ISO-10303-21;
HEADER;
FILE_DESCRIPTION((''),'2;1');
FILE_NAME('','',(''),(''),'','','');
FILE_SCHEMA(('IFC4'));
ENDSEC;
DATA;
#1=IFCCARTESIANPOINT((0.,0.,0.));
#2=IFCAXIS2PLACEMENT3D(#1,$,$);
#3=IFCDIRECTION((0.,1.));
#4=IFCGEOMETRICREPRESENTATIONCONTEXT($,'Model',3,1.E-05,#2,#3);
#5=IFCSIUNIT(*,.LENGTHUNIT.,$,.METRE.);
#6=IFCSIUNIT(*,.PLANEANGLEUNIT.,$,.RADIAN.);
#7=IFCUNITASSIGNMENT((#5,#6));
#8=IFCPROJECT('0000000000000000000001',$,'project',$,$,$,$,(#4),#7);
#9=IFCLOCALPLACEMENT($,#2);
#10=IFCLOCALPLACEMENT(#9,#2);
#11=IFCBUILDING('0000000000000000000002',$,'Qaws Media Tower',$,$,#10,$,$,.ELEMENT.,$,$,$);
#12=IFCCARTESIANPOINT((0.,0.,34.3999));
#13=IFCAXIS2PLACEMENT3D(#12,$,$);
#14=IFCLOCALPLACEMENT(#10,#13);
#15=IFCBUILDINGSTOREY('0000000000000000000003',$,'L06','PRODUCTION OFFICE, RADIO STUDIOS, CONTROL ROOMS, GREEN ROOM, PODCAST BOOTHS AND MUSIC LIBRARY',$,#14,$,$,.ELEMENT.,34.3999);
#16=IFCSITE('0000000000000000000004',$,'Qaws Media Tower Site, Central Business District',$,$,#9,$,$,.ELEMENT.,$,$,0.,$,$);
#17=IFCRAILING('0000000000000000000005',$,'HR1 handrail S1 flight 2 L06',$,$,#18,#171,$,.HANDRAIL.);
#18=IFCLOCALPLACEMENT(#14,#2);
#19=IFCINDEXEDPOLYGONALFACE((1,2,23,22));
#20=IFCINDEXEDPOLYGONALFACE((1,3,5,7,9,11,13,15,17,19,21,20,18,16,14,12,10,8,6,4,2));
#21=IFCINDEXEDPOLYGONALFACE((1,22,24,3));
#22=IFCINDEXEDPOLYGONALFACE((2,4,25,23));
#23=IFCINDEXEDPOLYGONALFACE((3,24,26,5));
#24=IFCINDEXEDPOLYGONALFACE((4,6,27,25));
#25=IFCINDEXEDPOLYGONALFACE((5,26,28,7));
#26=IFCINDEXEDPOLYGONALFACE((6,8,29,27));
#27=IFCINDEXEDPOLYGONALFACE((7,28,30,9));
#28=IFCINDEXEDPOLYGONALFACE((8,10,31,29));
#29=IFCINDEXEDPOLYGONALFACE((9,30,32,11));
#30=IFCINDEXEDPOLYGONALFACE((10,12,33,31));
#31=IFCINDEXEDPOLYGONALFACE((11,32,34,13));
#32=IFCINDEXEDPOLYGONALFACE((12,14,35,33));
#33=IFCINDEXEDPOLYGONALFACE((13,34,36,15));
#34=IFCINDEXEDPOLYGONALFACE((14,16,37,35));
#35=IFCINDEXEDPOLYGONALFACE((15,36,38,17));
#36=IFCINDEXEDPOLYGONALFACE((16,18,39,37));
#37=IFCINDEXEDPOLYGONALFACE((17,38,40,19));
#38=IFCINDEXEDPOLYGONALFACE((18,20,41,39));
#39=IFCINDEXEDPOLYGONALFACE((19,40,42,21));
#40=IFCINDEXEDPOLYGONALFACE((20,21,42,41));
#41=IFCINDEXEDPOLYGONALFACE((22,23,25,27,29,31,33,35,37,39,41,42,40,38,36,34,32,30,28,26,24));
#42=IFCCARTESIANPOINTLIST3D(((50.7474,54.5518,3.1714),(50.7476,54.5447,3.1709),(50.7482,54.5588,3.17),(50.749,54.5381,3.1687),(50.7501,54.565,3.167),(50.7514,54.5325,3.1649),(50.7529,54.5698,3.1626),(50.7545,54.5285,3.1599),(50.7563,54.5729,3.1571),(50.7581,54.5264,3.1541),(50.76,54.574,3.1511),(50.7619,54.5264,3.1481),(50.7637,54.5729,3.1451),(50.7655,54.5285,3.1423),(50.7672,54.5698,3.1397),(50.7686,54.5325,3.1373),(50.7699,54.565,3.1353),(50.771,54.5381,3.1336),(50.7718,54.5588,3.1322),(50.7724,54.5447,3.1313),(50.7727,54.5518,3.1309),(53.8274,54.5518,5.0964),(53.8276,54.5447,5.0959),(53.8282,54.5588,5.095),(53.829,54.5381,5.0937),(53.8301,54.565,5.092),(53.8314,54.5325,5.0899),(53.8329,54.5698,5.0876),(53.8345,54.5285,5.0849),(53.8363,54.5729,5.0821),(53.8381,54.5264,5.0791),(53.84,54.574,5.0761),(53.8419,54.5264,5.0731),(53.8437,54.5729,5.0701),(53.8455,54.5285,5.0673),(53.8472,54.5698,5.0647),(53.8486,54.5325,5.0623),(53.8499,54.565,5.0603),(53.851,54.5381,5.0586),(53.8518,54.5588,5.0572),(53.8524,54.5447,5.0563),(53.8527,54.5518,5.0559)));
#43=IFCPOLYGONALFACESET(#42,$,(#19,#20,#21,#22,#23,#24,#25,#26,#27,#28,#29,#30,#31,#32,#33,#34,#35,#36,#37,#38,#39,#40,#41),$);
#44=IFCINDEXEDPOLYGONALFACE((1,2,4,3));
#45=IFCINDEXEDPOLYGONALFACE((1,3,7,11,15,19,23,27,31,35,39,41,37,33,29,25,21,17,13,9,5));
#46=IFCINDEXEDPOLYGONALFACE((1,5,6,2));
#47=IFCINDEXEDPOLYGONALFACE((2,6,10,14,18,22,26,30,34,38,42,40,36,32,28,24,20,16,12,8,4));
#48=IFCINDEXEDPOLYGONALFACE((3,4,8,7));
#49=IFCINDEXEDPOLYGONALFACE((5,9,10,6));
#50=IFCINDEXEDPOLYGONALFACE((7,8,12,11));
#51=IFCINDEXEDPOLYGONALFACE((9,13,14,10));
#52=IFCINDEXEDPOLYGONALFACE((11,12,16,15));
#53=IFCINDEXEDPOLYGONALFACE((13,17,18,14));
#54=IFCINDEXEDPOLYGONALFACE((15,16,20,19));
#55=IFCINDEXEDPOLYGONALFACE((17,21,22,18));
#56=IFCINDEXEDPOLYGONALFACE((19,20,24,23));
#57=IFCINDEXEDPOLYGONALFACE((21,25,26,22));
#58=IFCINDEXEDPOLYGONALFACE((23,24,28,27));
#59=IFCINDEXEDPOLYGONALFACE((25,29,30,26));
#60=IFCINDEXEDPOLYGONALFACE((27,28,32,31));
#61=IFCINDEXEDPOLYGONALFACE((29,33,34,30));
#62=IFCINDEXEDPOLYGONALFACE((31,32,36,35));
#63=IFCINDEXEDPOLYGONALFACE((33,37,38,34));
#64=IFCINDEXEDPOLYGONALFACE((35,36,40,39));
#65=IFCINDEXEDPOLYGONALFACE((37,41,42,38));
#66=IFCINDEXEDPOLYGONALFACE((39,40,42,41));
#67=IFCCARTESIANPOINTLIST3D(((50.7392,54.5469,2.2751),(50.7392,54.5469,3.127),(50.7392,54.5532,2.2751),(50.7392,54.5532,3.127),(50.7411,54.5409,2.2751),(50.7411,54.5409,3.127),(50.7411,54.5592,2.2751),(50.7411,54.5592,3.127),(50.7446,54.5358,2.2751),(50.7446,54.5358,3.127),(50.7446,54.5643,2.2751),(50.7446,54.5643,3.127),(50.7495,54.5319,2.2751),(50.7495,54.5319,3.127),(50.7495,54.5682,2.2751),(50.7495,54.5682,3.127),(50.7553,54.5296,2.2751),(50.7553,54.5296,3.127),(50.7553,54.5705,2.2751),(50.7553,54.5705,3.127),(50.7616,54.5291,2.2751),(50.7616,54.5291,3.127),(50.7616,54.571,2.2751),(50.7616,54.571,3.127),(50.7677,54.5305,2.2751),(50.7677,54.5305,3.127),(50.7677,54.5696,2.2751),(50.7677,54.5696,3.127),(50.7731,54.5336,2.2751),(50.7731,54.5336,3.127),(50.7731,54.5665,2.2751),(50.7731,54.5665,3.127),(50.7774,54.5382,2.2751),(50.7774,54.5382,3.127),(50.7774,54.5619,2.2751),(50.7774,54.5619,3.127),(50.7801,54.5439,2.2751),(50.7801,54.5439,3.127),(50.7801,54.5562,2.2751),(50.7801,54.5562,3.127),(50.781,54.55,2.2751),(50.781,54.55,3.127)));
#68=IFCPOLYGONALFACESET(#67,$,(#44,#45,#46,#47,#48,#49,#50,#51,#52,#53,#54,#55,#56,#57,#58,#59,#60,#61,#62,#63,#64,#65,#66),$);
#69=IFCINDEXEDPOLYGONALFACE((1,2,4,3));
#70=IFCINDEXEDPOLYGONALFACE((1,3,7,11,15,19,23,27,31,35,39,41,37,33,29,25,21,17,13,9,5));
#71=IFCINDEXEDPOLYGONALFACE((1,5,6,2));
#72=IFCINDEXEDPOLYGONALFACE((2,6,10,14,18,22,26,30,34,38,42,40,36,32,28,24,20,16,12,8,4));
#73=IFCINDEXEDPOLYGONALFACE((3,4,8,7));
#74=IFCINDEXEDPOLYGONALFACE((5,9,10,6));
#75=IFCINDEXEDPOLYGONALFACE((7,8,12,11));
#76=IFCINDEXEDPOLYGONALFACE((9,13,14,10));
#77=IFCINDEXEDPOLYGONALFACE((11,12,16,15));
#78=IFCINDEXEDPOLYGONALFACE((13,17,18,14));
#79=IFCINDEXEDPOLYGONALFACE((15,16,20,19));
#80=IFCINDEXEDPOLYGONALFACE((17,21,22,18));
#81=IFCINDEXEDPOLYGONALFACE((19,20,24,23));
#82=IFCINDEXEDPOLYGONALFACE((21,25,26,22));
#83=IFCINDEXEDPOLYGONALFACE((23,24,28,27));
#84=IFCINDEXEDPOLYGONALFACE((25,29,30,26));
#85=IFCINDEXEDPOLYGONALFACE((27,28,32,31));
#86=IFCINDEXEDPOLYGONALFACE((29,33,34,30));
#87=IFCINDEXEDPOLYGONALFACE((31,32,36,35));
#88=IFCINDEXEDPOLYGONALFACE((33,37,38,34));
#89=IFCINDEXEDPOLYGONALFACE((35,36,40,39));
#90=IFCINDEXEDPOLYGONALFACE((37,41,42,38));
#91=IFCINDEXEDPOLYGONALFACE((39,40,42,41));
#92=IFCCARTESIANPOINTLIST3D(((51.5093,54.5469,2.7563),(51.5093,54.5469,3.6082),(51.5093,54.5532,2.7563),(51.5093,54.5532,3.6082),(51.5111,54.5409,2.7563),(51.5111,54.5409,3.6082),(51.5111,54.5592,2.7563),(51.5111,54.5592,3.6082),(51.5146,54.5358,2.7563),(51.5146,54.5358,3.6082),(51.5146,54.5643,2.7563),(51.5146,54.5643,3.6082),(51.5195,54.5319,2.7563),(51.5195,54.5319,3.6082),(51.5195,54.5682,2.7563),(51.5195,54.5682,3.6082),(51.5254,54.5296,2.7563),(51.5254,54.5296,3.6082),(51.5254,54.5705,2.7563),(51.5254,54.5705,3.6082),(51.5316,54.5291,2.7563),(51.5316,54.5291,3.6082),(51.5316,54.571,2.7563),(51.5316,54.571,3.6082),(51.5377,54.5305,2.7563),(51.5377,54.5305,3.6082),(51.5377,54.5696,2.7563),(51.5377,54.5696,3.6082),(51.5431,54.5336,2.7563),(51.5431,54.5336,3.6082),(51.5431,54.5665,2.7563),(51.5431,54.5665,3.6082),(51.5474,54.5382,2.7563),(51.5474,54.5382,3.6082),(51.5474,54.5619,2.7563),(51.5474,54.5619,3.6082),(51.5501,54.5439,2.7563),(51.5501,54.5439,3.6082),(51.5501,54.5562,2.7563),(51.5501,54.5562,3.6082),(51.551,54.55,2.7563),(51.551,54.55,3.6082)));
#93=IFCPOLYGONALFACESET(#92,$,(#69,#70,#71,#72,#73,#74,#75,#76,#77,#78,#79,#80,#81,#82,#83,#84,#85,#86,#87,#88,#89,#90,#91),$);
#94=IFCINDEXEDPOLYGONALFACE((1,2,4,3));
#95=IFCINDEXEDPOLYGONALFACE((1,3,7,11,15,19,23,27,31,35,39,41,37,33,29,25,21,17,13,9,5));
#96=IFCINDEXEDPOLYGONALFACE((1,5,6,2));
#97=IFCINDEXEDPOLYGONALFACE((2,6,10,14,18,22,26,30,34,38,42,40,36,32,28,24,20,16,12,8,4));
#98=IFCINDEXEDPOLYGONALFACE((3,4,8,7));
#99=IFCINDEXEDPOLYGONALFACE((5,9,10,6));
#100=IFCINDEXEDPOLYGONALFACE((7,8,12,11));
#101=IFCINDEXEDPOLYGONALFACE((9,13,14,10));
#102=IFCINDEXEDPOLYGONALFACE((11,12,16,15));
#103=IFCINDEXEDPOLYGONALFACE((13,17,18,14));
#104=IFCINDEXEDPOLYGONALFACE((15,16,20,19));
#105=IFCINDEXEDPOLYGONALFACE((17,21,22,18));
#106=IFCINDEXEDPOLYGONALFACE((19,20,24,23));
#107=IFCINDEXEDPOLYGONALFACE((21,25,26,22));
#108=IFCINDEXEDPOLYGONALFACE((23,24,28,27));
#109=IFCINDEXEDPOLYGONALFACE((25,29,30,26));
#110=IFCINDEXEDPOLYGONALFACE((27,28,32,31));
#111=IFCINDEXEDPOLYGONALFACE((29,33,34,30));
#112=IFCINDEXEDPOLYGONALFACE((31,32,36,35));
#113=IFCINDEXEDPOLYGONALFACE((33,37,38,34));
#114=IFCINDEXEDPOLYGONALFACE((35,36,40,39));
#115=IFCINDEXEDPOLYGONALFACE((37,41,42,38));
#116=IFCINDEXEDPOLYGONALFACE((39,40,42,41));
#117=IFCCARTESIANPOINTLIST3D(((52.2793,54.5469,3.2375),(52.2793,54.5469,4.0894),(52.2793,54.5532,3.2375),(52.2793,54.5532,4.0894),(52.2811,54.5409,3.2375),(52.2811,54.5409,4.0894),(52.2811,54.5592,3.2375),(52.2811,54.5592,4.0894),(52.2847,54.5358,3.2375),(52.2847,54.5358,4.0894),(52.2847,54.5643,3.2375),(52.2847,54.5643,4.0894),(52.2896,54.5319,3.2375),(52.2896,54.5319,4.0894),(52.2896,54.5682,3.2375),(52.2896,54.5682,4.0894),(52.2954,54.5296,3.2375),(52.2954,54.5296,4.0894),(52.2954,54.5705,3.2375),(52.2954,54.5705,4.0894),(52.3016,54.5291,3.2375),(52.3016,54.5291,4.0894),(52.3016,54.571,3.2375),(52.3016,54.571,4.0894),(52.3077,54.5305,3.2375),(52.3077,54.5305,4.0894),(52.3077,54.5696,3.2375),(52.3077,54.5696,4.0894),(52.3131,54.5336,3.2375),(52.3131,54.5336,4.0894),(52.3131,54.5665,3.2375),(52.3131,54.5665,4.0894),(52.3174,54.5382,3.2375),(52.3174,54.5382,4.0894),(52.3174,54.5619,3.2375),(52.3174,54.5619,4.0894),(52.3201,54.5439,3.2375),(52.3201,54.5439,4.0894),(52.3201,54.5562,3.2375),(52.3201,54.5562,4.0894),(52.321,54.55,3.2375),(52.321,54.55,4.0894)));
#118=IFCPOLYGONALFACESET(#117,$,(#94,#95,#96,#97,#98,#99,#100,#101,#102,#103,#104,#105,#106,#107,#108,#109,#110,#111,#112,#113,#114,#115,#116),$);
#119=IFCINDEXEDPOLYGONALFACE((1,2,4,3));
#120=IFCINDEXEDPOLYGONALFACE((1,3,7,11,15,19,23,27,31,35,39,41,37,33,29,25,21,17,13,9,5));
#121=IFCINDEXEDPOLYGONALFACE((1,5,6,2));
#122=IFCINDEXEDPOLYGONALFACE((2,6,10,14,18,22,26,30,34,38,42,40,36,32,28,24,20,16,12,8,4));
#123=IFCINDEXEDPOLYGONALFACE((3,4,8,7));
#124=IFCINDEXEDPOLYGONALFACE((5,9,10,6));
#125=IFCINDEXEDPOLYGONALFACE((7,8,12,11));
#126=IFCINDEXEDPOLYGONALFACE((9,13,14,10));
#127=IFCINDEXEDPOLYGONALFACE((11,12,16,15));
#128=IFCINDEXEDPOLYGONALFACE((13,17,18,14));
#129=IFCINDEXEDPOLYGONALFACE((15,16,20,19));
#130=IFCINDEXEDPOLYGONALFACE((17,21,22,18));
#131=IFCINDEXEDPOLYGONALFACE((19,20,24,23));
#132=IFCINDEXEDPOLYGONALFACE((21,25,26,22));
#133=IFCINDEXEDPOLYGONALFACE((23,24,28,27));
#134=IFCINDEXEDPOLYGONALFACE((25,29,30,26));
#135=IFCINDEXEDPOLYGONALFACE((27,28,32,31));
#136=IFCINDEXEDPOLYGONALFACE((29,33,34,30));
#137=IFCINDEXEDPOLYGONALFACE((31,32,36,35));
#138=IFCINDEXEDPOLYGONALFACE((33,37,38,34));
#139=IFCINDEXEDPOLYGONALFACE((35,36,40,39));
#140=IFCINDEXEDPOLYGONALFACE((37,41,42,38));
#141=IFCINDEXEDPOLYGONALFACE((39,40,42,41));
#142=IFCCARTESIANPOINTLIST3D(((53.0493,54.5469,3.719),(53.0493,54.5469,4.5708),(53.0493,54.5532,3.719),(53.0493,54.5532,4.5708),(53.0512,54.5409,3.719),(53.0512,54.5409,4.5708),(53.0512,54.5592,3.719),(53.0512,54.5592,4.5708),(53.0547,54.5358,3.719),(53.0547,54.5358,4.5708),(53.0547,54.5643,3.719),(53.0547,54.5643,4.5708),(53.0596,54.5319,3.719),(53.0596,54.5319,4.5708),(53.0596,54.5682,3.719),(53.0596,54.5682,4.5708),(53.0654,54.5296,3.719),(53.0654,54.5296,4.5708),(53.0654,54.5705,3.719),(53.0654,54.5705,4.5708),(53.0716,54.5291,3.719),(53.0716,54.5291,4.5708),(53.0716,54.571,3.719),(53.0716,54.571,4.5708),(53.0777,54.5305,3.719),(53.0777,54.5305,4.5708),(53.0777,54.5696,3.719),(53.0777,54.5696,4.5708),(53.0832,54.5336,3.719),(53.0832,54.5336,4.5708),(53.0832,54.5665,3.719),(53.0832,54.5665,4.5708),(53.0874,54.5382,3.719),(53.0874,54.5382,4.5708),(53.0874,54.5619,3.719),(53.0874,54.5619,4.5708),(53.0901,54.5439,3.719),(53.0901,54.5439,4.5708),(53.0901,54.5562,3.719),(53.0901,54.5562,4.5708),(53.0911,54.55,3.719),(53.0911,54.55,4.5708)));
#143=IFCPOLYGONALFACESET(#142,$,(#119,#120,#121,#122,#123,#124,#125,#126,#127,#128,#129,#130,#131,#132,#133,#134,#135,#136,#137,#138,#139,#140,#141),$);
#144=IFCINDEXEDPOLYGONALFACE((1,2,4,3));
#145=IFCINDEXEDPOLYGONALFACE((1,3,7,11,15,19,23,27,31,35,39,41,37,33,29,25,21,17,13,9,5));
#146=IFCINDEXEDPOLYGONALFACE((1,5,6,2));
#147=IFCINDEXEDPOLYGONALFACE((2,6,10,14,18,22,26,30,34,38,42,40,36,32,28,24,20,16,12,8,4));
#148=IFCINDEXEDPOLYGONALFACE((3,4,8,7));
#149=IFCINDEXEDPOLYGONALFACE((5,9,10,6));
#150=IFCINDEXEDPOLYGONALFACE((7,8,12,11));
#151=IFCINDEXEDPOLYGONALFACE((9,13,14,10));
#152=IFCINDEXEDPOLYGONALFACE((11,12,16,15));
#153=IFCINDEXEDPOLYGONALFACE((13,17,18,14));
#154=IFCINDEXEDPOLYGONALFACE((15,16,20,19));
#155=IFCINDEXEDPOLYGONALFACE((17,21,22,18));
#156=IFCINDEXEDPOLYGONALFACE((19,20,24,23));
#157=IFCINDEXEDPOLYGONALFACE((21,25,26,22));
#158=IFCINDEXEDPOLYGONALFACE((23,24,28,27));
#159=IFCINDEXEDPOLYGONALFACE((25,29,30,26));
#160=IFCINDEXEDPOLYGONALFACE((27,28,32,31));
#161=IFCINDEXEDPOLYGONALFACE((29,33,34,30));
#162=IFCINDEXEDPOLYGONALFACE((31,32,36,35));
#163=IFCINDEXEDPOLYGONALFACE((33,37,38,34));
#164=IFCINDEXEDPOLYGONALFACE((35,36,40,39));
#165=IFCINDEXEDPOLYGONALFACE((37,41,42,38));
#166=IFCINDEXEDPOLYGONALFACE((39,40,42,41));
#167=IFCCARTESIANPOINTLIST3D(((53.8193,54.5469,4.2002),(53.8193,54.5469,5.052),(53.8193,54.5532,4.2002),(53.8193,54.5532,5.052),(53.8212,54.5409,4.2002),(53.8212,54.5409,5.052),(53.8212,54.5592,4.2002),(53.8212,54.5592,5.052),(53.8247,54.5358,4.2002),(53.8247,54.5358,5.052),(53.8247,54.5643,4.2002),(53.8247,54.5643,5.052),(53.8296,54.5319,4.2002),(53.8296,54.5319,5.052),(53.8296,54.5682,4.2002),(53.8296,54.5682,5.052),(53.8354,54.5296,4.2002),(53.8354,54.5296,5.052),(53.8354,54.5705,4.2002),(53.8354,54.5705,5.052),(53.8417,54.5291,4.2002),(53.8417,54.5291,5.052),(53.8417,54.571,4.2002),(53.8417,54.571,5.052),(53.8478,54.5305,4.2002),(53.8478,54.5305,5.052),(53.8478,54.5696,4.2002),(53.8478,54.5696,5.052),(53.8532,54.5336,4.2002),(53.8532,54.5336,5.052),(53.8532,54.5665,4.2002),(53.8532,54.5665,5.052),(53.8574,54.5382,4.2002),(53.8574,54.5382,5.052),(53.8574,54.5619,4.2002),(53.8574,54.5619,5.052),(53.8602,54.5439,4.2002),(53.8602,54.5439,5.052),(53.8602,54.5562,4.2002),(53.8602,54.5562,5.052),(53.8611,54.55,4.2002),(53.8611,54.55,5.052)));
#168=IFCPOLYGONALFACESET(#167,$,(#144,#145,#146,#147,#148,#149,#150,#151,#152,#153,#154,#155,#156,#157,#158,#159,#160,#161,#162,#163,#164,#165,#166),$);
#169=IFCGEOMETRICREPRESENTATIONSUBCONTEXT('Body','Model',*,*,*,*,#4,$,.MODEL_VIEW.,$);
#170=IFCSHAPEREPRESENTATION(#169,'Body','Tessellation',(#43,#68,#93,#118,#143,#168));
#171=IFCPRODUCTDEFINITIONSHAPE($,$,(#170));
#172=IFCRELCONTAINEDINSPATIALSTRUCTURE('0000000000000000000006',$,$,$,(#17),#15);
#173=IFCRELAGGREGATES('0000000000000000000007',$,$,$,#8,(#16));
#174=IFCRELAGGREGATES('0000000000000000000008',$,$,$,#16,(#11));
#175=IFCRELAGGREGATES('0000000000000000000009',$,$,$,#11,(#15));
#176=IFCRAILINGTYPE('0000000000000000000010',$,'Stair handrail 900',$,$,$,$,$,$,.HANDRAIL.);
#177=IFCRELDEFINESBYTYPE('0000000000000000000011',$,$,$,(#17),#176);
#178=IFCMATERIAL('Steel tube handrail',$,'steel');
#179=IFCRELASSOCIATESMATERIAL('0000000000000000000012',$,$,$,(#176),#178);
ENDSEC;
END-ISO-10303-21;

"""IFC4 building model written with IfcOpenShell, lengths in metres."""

from ifc_helpers import new_model, si_unit, direction, frame, origin, origin_2d, place, context, subcontext, project, spatial, circle, extrude, material, type_object, element, save


model = new_model("IFC4")

# Units and contexts
model_context = context("Model", 3, precision=1e-05, world=origin(), true_north=direction((0.0, 1.0)))
body_context = subcontext(model_context, "Body", "Model", "MODEL_VIEW")
ifc_project = project(units=[si_unit("LENGTHUNIT", "METRE"), si_unit("PLANEANGLEUNIT", "RADIAN")], contexts=[model_context])

# Site, building, storey
site_placement = place(None, origin())
site = spatial("IfcSite", under=ifc_project, at=site_placement, Name="Qaws Media Tower Site, Central Business District", CompositionType="ELEMENT", RefElevation=0.0)
building_placement = place(site_placement, origin())
building = spatial("IfcBuilding", under=site, at=building_placement, Name="Qaws Media Tower", CompositionType="ELEMENT")
storey_placement = place(building_placement, frame((0.0, 0.0, 34.3999)))
storey = spatial("IfcBuildingStorey", under=building, at=storey_placement, Name="L06", Description="PRODUCTION OFFICE, RADIO STUDIOS, CONTROL ROOMS, GREEN ROOM, PODCAST BOOTHS AND MUSIC LIBRARY", CompositionType="ELEMENT", Elevation=34.3999)

# Railing
ifc_material_1 = material(Name="Steel tube handrail", Category="steel")
railing_type = type_object("IfcRailingType", Name="Stair handrail 900", PredefinedType="HANDRAIL", material=ifc_material_1)
for number, where, name in (
    (1, (50.76, 54.55, 2.2751), "HR1 handrail S1 flight 2 L06"),
):
    element("IfcRailing", number, at=place(storey_placement, frame(where)), inside=storey, type_object=railing_type, Name=name, PredefinedType="HANDRAIL", context=body_context, shape_type="SweptSolid", body=[
        extrude(circle(Radius=0.0239, at=origin_2d()), frame((0.0, 0.0, 0.876), z_axis=(0.847998, 0.0, 0.529999), x_axis=(0.0, 1.0, 0.0)), (0.0, 0.0, 1.0), 3.6321),
        extrude(circle(Radius=0.021, at=origin_2d()), origin(), (0.0, 0.0, 1.0), 0.8518),
        extrude(circle(Radius=0.021, at=origin_2d()), frame((0.77, 0.0, 0.4812)), (0.0, 0.0, 1.0), 0.8518),
        extrude(circle(Radius=0.021, at=origin_2d()), frame((1.54, 0.0, 0.9624)), (0.0, 0.0, 1.0), 0.8518),
        extrude(circle(Radius=0.021, at=origin_2d()), frame((2.3101, 0.0, 1.4438)), (0.0, 0.0, 1.0), 0.8518),
        extrude(circle(Radius=0.021, at=origin_2d()), frame((3.0801, 0.0, 1.925)), (0.0, 0.0, 1.0), 0.8518),
    ])

save(model, "model.ifc")
